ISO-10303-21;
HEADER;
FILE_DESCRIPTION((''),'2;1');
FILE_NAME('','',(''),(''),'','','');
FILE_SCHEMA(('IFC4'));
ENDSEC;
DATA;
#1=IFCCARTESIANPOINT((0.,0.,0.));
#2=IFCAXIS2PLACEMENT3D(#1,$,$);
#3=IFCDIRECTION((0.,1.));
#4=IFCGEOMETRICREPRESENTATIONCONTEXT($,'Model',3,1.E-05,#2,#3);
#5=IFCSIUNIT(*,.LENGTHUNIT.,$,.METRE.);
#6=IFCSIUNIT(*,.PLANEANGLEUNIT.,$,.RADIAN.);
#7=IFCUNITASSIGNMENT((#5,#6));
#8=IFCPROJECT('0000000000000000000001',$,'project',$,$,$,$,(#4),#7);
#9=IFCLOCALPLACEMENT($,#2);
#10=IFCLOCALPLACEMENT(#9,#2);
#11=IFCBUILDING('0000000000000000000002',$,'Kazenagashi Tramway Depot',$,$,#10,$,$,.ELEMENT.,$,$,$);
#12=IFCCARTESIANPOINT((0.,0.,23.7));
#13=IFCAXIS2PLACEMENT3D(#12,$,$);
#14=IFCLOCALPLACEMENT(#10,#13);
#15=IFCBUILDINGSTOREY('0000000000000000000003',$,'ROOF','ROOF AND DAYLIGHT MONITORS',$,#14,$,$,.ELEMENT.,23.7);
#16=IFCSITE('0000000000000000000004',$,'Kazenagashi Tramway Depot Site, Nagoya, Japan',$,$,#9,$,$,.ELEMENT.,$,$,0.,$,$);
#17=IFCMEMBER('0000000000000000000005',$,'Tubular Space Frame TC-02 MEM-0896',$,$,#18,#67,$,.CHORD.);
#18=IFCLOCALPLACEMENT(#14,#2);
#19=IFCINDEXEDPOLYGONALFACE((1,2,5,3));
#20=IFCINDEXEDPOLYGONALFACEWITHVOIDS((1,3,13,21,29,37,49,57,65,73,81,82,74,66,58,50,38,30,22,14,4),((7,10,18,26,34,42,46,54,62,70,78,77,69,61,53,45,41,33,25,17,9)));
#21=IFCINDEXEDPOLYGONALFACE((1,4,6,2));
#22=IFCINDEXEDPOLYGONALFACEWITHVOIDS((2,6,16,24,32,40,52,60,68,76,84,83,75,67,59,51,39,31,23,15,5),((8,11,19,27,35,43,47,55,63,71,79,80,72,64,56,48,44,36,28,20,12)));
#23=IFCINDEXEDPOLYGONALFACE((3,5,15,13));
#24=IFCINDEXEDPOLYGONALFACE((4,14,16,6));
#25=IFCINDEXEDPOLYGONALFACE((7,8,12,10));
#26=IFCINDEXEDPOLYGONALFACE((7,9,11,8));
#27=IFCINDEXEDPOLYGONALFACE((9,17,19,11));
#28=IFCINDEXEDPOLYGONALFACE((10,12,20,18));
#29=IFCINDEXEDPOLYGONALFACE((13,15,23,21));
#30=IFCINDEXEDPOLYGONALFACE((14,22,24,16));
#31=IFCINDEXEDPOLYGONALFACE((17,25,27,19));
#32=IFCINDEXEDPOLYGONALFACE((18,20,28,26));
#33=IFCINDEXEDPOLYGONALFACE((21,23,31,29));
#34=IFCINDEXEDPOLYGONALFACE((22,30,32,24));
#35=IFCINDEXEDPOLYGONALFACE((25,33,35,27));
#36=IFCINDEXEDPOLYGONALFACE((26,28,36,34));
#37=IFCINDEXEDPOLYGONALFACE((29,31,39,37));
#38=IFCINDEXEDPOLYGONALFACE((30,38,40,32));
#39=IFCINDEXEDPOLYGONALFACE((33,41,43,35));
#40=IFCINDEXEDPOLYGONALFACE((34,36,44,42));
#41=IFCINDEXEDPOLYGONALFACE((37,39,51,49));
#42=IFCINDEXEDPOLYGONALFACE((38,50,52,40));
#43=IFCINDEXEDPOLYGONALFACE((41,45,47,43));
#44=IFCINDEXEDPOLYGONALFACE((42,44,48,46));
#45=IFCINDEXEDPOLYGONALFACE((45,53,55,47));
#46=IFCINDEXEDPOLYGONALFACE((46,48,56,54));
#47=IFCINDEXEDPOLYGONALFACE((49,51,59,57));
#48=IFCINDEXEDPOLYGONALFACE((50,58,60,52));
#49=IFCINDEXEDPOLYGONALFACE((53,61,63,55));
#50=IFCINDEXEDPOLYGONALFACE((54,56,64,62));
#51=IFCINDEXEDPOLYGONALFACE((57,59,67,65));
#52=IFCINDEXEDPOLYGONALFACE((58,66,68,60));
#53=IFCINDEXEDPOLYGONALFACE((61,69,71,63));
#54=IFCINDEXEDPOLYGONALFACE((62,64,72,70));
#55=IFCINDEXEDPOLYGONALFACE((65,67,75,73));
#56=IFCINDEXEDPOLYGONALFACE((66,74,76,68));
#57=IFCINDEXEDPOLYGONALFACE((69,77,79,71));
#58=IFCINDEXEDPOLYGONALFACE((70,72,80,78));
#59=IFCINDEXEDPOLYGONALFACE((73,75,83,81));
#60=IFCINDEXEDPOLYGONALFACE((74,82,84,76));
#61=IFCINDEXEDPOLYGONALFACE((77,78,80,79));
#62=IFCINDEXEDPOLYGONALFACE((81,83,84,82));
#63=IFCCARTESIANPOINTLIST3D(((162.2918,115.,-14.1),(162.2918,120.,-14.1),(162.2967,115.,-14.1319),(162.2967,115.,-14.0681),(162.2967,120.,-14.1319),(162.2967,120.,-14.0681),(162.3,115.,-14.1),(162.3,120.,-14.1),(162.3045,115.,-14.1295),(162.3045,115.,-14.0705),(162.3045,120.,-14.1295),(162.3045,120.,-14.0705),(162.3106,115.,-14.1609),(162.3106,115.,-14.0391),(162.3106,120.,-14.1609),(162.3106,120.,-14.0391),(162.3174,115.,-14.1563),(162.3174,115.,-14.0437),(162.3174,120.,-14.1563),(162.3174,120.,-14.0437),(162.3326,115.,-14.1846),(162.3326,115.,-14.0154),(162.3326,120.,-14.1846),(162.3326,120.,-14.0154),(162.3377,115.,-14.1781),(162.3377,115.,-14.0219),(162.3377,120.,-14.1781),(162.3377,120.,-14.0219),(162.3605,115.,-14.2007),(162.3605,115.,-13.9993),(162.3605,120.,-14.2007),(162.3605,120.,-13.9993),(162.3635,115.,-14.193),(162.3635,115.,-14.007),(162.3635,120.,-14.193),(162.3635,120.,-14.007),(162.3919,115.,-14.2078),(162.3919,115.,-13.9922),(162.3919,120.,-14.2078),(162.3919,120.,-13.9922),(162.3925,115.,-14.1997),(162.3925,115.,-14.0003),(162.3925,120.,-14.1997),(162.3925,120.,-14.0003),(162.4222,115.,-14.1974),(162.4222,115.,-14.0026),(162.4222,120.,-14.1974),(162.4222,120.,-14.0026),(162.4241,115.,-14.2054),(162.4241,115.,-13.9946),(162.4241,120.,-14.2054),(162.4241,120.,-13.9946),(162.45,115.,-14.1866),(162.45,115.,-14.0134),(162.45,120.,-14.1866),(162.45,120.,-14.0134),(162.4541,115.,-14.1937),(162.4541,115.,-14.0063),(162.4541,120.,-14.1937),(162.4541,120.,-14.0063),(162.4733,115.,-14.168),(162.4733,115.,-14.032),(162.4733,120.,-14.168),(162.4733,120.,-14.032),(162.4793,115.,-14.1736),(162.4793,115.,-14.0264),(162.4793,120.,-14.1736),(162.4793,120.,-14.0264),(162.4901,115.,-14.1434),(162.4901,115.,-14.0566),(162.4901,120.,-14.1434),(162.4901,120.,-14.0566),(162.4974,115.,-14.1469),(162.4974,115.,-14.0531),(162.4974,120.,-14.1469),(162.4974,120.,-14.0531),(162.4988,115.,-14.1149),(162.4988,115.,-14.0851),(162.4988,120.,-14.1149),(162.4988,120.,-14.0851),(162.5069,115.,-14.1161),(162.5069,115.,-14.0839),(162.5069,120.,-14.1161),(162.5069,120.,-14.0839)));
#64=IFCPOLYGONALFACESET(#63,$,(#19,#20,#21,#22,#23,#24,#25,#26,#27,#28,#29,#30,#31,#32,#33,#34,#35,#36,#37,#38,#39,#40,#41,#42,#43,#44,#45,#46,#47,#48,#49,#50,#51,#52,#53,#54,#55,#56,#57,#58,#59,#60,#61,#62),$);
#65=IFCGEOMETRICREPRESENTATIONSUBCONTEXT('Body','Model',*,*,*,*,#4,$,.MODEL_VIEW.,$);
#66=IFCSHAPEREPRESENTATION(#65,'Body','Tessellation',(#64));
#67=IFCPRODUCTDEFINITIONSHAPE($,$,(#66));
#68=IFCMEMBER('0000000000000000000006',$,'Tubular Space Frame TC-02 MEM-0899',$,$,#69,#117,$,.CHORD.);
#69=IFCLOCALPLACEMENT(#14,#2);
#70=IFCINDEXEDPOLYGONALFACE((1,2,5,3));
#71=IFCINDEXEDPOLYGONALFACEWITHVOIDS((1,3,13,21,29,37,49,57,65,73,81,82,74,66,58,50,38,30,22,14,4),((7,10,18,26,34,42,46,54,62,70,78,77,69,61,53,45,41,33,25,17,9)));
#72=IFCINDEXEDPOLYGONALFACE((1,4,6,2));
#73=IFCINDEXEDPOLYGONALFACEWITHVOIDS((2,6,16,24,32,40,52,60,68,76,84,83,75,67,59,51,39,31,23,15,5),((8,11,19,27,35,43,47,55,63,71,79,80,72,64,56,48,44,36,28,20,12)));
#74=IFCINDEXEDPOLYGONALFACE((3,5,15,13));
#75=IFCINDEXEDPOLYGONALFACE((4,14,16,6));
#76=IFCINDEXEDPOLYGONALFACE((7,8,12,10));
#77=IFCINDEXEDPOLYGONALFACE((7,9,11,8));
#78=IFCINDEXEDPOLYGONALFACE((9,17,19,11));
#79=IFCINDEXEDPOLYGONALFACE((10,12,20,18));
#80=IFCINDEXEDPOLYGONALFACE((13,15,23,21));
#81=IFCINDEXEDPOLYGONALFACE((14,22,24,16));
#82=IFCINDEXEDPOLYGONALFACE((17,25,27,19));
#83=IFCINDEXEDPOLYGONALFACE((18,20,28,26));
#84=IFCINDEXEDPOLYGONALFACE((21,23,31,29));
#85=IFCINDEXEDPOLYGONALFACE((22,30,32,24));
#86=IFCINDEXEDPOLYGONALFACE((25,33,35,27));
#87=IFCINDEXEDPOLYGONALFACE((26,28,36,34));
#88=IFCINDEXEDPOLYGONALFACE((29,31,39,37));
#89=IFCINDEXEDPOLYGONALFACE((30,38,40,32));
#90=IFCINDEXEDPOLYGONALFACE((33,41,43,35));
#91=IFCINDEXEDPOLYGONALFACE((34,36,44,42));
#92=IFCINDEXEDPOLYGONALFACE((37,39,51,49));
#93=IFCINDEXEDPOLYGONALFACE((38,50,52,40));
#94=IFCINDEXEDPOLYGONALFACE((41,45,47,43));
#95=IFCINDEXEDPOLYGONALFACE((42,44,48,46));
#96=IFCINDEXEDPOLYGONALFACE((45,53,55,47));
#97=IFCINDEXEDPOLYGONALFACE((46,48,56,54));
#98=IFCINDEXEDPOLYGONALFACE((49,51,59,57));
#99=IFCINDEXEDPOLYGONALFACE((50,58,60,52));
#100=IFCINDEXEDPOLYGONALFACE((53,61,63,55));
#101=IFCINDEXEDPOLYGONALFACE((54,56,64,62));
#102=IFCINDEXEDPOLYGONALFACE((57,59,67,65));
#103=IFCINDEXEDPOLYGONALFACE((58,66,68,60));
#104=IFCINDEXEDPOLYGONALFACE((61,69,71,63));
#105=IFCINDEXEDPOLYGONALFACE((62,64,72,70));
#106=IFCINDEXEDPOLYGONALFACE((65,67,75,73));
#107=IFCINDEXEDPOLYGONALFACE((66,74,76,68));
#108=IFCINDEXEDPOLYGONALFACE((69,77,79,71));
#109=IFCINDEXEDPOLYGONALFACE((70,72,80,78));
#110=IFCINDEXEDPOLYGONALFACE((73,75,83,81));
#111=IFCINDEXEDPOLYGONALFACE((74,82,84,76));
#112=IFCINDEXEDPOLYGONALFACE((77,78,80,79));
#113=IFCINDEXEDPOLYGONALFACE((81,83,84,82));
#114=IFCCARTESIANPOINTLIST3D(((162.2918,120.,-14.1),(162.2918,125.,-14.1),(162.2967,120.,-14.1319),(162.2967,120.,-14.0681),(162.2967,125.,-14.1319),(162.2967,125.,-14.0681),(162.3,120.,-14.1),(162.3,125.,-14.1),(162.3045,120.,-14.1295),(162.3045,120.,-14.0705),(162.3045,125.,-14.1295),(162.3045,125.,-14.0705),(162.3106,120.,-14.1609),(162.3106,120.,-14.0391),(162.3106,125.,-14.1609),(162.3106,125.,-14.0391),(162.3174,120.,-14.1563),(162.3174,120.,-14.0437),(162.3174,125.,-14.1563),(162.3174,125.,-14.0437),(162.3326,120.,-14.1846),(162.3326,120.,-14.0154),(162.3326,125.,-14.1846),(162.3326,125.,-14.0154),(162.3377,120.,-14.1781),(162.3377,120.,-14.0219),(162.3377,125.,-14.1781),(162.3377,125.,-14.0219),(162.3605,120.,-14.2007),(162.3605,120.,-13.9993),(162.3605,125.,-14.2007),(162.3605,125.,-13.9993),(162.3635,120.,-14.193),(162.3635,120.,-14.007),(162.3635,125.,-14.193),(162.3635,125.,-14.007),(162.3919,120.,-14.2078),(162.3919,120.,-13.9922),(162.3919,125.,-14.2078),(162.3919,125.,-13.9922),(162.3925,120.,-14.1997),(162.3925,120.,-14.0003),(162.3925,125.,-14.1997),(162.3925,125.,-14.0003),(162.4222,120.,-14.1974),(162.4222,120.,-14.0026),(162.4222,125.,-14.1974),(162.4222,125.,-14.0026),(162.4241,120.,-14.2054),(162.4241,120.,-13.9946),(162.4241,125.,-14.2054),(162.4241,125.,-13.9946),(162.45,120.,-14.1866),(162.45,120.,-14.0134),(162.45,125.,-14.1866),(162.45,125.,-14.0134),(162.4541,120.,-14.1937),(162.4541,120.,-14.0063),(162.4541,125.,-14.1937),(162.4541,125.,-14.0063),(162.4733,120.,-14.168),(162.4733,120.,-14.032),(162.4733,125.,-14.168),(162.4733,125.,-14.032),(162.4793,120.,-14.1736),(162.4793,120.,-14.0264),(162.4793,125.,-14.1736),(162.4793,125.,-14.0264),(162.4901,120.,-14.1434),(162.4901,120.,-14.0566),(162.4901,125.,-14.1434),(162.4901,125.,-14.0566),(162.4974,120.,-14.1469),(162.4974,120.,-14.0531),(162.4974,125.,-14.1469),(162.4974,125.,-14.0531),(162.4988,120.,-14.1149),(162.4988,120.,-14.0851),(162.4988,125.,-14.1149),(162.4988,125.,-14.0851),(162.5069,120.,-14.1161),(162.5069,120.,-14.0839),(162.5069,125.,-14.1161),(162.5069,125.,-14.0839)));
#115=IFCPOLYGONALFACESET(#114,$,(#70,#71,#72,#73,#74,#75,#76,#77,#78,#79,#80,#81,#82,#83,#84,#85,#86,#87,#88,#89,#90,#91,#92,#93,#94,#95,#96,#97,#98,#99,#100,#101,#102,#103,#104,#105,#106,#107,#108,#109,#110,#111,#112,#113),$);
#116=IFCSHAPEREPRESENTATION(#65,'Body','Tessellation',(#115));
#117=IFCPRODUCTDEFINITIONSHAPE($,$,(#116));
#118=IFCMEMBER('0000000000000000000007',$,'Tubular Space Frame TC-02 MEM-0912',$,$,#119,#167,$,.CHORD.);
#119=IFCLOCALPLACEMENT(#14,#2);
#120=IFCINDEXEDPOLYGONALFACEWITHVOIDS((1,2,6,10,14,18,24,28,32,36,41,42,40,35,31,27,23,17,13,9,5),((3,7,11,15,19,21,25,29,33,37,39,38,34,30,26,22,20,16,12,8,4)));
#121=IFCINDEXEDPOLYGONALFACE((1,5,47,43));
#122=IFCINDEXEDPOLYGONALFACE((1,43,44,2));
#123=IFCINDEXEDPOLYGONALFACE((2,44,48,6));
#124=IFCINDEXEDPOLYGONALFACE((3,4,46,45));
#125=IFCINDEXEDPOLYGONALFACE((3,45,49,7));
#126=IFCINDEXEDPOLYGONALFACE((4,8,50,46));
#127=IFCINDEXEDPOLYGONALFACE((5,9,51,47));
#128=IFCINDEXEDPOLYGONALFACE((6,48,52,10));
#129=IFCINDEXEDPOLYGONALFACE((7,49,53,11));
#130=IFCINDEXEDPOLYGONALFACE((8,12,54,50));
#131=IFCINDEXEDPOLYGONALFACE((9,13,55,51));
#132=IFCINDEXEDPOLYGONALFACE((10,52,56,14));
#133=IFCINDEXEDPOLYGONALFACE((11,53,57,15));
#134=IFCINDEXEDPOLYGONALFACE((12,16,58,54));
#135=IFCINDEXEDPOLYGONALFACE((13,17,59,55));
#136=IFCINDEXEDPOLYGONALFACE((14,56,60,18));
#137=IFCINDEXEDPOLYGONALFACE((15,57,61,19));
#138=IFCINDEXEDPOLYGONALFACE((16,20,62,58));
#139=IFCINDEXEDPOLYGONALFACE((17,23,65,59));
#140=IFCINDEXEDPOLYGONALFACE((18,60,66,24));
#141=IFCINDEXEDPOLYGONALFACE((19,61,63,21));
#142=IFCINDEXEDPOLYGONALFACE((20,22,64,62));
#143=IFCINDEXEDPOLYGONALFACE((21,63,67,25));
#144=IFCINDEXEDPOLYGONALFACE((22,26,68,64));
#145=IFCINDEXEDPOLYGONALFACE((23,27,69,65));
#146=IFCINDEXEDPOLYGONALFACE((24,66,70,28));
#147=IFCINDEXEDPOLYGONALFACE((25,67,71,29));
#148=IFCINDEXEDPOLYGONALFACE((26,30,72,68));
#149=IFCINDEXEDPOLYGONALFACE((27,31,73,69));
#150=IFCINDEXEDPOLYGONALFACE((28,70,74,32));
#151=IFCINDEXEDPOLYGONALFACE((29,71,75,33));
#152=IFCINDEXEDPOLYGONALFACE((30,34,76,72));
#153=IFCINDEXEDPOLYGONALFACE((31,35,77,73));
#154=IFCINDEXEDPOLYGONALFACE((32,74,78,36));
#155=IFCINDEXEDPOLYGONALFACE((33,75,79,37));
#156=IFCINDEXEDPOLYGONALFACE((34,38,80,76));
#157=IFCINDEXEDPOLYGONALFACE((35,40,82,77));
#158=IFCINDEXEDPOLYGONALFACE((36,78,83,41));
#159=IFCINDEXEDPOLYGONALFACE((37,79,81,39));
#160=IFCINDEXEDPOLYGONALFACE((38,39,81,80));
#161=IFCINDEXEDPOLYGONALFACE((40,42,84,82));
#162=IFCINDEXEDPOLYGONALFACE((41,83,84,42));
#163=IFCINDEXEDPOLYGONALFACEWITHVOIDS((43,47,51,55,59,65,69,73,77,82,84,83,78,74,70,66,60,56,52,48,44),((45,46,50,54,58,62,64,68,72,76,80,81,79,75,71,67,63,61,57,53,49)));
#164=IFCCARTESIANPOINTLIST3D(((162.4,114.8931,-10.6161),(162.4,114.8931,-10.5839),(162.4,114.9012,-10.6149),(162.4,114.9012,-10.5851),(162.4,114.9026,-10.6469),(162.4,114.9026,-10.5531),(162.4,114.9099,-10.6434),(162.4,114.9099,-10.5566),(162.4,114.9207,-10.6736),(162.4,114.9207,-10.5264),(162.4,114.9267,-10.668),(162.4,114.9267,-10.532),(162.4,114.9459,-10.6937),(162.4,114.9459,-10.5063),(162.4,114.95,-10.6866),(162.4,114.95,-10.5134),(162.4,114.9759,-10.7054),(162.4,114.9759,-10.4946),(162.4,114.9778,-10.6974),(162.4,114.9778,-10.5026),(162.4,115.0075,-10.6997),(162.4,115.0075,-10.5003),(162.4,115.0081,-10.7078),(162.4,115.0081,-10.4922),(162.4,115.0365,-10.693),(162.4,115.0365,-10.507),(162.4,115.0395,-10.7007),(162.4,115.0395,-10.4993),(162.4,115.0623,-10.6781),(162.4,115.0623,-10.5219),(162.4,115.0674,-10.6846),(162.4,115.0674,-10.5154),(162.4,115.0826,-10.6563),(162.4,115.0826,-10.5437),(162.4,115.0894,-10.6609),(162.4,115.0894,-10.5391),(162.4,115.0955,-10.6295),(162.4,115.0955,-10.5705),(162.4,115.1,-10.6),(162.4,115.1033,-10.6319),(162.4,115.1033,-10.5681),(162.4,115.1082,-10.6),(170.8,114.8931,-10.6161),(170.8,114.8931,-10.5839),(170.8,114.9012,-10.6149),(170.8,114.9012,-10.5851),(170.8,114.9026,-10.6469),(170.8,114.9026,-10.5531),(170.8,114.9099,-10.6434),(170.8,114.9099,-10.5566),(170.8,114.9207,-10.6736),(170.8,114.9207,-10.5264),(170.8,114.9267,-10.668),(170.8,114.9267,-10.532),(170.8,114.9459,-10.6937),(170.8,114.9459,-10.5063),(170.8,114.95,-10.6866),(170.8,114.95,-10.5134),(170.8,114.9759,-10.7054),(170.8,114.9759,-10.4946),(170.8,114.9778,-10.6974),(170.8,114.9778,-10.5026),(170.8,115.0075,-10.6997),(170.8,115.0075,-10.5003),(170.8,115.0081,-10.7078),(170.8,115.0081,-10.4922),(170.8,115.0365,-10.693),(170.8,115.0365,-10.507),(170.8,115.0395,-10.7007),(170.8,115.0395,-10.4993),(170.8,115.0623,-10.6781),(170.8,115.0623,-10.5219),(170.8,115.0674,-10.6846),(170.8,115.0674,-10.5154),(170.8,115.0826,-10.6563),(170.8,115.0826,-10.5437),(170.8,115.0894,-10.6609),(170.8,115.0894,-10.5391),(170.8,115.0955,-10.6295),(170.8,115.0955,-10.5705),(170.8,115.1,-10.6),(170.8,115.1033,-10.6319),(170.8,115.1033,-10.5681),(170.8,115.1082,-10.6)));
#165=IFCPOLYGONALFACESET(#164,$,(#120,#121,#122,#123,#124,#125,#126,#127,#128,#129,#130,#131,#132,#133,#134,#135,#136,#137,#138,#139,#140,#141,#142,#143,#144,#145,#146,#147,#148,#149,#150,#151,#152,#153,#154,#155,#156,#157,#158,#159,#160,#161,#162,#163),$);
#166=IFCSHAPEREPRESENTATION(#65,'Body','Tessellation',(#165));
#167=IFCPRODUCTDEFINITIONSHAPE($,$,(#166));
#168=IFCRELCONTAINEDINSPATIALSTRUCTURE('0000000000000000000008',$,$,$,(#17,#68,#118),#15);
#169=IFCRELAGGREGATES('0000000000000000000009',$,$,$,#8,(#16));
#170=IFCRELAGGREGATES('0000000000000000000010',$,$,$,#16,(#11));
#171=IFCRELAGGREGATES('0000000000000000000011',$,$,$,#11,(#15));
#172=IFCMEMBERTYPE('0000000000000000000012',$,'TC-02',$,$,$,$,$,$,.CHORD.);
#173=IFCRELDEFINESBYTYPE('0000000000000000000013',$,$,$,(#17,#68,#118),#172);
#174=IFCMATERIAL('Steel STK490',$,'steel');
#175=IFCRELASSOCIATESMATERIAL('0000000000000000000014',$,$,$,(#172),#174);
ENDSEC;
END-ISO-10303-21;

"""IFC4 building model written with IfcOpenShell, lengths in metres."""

from ifc_helpers import new_model, si_unit, direction, frame, origin, origin_2d, place, context, subcontext, project, spatial, hollow_circle, extrude, material, material_profile, profile_set, type_object, element, save


model = new_model("IFC4")

# Units and contexts
model_context = context("Model", 3, precision=1e-05, world=origin(), true_north=direction((0.0, 1.0)))
body_context = subcontext(model_context, "Body", "Model", "MODEL_VIEW")
ifc_project = project(units=[si_unit("LENGTHUNIT", "METRE"), si_unit("PLANEANGLEUNIT", "RADIAN")], contexts=[model_context])

# Site, building, storey
site_placement = place(None, origin())
site = spatial("IfcSite", under=ifc_project, at=site_placement, Name="Kazenagashi Tramway Depot Site, Nagoya, Japan", CompositionType="ELEMENT", RefElevation=0.0)
building_placement = place(site_placement, origin())
building = spatial("IfcBuilding", under=site, at=building_placement, Name="Kazenagashi Tramway Depot", CompositionType="ELEMENT")
storey_placement = place(building_placement, frame((0.0, 0.0, 23.7)))
storey = spatial("IfcBuildingStorey", under=building, at=storey_placement, Name="ROOF", Description="ROOF AND DAYLIGHT MONITORS", CompositionType="ELEMENT", Elevation=23.7)

# Members
ifc_material_1 = material(Name="Steel STK490", Category="steel")
ifc_material_profile_1 = material_profile(ifc_material_1, hollow_circle(Radius=0.1081, WallThickness=0.0082, at=origin_2d()), Name="CHS-216.3x8.2")
ifc_profile_set_1 = profile_set([ifc_material_profile_1], Name="Steel STK490")
member_type_1 = type_object("IfcMemberType", Name="TC-02", PredefinedType="CHORD", material=ifc_profile_set_1)
for number, where, z_axis, x_axis, name in (
    (1, (162.4, 115.0, -14.1), (0.0, 1.0, 0.0), (-1.0, 0.0, 0.0), "Tubular Space Frame TC-02 MEM-0896"),
    (2, (162.4, 120.0, -14.1), (0.0, 1.0, 0.0), (-1.0, 0.0, 0.0), "Tubular Space Frame TC-02 MEM-0899"),
):
    element("IfcMember", number, at=place(storey_placement, frame(where, z_axis=z_axis, x_axis=x_axis)), inside=storey, type_object=member_type_1, Name=name, PredefinedType="CHORD", context=body_context, shape_type="SweptSolid", body=[
        extrude(hollow_circle(Radius=0.1081, WallThickness=0.0082, at=origin_2d()), origin(), (0.0, 0.0, 1.0), 5.0),
    ])
member_1_placement = place(storey_placement, frame((162.4, 115.0, -10.6), z_axis=(1.0, 0.0, 0.0), x_axis=(0.0, 1.0, 0.0)))
element("IfcMember", 3, at=member_1_placement, inside=storey, type_object=member_type_1, Name="Tubular Space Frame TC-02 MEM-0912", PredefinedType="CHORD", context=body_context, shape_type="SweptSolid", body=[
    extrude(hollow_circle(Radius=0.1081, WallThickness=0.0082, at=origin_2d()), origin(), (0.0, 0.0, 1.0), 8.4),
])

save(model, "model.ifc")
